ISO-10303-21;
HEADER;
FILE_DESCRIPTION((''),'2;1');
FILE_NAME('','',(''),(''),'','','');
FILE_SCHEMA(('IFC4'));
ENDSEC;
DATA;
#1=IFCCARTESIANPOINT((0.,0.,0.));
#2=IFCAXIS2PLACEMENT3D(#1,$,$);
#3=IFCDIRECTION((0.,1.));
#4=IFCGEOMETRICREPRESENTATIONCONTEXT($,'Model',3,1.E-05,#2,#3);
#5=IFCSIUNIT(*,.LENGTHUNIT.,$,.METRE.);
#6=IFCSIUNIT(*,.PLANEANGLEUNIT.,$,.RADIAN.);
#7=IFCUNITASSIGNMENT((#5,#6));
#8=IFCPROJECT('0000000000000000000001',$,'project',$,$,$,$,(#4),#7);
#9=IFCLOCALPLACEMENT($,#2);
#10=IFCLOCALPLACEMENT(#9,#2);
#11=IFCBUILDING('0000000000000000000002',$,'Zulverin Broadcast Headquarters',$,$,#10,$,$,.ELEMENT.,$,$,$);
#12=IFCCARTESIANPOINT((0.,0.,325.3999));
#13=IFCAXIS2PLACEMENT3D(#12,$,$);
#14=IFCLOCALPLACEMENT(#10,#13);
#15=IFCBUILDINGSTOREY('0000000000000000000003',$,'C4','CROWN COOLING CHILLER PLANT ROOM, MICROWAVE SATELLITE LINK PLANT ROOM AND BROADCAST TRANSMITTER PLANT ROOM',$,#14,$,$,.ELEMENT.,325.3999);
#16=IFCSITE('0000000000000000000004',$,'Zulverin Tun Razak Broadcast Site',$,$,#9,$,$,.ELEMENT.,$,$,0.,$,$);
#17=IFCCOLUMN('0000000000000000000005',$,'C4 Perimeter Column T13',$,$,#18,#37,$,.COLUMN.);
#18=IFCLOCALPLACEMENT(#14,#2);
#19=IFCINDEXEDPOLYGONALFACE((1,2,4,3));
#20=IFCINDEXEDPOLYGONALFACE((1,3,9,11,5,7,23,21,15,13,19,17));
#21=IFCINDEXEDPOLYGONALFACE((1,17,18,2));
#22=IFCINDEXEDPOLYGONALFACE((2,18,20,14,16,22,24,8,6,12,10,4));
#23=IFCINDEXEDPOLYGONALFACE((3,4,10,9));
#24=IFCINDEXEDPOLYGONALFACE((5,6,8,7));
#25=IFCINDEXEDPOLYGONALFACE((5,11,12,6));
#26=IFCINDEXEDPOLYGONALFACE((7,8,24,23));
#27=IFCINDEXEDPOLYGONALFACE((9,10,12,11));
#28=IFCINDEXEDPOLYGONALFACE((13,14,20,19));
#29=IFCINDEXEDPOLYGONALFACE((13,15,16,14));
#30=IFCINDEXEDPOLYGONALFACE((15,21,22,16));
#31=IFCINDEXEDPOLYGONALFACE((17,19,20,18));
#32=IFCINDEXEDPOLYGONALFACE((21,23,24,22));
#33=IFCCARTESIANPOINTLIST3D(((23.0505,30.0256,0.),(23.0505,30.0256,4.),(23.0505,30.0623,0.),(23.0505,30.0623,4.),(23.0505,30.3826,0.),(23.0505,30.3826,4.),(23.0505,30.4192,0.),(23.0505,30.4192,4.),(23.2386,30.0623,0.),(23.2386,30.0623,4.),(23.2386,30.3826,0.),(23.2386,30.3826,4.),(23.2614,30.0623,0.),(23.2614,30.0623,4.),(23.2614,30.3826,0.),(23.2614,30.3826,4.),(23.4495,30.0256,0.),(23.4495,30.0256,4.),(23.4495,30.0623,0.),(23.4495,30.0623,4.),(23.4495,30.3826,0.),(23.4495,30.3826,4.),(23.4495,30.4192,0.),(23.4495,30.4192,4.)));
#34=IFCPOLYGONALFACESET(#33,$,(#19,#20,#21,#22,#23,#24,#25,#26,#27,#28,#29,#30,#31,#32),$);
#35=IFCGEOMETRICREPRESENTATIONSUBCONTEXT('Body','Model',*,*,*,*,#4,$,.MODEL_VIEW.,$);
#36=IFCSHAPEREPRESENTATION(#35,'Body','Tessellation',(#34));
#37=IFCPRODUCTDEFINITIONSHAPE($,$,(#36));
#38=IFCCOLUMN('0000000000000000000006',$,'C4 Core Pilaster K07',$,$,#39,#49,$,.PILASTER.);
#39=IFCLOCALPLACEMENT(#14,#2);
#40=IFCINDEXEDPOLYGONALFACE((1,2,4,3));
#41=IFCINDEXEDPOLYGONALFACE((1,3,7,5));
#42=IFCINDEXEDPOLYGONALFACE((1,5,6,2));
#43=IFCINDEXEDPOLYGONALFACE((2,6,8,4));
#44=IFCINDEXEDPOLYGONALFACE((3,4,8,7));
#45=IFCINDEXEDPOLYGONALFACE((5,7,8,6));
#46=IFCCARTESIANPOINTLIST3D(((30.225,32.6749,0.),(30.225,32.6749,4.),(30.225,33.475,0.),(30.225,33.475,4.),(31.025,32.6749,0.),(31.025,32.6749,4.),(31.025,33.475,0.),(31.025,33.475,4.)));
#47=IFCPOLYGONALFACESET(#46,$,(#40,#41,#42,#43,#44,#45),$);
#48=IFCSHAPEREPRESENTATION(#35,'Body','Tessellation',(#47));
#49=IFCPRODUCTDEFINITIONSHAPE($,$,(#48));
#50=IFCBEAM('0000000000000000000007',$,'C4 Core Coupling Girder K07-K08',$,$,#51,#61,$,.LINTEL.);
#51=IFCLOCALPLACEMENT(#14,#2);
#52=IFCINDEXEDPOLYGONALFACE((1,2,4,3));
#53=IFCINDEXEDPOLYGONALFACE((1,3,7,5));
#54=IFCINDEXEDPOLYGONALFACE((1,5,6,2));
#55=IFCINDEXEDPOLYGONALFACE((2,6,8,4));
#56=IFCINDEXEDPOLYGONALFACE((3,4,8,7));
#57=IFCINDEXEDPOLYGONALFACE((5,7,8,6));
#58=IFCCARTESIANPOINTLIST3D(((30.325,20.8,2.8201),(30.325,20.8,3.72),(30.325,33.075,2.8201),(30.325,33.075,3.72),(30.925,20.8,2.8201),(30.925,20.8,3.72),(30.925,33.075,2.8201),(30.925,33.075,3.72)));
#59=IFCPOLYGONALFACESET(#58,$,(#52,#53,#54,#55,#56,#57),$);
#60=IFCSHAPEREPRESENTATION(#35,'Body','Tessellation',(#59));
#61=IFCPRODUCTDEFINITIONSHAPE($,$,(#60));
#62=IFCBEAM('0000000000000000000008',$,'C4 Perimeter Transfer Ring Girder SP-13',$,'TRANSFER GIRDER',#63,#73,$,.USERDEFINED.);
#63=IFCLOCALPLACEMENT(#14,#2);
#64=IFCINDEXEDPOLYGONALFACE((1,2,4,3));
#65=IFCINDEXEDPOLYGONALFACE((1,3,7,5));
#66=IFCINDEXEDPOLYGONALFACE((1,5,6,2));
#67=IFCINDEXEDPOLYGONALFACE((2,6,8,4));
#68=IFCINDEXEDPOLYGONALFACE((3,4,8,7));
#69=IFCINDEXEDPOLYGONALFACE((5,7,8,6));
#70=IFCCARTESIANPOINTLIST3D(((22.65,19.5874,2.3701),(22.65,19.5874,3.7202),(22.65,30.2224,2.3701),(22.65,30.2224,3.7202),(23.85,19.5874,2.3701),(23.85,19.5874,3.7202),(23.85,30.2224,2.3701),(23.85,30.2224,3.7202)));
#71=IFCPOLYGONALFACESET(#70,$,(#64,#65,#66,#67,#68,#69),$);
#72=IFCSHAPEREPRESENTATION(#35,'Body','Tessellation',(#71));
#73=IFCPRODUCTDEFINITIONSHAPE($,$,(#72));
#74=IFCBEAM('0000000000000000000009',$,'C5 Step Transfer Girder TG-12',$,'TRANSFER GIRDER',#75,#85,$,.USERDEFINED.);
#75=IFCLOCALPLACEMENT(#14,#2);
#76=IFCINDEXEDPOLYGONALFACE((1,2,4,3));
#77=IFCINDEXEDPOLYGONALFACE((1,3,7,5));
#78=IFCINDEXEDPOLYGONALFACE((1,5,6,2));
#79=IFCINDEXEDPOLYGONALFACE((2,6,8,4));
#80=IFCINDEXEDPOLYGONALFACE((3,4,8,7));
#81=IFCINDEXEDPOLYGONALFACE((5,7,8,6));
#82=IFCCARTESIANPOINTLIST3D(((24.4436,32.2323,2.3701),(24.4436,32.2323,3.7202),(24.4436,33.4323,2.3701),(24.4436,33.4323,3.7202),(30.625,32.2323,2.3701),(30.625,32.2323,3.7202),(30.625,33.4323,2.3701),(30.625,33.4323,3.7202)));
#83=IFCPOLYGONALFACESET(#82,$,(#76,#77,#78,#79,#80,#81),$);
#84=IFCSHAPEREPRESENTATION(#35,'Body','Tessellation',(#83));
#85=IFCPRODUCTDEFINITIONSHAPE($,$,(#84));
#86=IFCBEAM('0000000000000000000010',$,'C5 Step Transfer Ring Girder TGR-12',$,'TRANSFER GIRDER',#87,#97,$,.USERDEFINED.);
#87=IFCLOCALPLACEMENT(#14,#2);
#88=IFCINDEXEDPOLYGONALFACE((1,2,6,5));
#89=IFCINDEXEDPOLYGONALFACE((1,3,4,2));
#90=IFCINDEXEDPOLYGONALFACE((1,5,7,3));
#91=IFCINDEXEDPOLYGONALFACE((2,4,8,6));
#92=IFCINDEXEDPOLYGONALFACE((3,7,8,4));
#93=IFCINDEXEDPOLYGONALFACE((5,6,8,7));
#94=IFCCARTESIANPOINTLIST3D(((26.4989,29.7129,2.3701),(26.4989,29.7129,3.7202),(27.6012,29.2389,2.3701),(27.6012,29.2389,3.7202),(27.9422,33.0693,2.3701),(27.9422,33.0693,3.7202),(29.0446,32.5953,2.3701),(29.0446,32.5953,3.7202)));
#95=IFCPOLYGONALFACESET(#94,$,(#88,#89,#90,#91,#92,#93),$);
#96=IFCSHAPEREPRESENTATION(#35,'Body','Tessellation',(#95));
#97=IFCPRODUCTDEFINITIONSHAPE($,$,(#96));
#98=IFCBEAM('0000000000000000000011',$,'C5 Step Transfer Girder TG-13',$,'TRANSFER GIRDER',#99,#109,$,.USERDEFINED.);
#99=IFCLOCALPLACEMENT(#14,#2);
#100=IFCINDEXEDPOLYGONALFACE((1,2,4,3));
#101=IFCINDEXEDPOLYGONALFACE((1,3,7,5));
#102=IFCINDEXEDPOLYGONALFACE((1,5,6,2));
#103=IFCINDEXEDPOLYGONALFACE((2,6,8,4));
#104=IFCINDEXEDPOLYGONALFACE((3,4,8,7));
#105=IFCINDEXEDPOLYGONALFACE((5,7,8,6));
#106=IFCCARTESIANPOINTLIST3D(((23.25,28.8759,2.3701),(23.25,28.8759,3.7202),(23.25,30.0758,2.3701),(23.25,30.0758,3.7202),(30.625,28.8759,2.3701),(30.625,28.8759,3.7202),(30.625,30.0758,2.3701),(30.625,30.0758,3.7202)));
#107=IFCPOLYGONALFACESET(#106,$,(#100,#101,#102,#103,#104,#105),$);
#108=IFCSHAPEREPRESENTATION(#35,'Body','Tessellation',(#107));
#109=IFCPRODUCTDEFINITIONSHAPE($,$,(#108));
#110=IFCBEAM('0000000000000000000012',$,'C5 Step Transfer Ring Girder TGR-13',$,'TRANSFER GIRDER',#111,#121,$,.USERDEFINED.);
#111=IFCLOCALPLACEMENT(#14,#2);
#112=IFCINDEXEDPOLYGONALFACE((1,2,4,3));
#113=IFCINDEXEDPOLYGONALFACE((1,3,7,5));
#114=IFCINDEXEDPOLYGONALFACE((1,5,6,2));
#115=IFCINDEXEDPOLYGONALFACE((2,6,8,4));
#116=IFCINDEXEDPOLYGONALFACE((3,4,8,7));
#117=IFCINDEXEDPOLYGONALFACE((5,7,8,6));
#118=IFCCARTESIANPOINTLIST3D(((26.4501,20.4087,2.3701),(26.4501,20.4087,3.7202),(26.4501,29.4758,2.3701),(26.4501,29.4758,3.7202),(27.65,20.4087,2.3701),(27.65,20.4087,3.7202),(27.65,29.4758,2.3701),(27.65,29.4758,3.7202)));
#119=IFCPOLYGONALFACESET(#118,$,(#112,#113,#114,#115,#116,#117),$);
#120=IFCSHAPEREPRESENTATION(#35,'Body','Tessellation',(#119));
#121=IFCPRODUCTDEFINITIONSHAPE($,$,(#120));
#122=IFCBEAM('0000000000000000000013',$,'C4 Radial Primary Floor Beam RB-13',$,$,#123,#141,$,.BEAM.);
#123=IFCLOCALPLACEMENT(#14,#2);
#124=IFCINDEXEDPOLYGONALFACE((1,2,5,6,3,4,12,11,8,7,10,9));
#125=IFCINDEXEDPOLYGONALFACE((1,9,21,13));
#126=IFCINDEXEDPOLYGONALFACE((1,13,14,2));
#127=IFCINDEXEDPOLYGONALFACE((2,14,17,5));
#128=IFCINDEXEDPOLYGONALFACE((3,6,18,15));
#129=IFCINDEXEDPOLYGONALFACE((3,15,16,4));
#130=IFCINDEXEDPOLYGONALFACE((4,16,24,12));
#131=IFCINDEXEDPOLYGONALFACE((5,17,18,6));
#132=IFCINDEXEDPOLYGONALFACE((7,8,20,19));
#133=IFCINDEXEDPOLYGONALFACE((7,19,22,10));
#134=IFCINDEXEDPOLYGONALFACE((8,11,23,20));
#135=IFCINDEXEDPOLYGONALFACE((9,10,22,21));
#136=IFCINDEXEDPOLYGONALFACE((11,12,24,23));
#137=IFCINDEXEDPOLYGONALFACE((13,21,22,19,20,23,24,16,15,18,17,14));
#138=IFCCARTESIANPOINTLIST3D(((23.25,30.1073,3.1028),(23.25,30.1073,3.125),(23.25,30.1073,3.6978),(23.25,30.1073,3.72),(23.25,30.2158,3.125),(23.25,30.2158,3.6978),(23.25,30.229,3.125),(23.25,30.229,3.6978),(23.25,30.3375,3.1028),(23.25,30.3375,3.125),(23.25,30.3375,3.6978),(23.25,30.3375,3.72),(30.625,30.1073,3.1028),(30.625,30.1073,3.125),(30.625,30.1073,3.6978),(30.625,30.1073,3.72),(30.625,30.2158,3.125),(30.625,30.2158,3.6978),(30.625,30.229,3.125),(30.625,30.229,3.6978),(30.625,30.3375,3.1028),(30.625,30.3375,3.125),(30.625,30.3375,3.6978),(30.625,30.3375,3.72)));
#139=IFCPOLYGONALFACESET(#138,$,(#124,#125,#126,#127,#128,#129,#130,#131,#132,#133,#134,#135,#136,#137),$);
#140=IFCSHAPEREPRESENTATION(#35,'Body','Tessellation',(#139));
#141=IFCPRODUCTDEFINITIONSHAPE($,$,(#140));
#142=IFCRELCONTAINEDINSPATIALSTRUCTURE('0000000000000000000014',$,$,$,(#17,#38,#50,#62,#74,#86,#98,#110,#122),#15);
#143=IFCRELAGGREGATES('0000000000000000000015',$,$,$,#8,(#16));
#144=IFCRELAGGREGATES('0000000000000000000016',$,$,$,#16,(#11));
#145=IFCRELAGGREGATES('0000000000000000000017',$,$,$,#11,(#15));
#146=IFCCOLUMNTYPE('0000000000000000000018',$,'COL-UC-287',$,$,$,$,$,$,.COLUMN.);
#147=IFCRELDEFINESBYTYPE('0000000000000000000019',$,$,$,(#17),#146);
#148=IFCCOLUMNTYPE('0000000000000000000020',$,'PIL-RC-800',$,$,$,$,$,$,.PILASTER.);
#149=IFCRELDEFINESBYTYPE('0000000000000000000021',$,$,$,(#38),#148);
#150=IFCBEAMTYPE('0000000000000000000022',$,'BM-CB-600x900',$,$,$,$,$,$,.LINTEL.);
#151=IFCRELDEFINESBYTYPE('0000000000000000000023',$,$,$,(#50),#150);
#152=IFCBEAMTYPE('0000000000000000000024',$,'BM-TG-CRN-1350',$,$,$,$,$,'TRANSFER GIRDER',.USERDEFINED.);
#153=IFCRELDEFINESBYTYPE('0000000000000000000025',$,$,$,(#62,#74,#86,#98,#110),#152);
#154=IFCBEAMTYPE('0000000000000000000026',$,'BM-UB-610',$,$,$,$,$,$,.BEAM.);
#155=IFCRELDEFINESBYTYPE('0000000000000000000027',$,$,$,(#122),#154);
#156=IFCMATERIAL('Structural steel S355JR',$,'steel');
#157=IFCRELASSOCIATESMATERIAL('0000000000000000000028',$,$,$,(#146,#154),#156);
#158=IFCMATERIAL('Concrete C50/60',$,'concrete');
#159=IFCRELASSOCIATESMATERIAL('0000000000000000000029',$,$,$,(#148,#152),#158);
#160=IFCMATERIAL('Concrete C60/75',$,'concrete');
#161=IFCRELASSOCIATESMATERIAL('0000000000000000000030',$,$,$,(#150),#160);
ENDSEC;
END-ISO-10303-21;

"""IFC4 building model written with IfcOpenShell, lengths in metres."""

from ifc_helpers import new_model, si_unit, direction, frame, origin, origin_2d, place, context, subcontext, project, spatial, rectangle, i_section, extrude, material, material_profile, profile_set, type_object, element, save


model = new_model("IFC4")

# Units and contexts
model_context = context("Model", 3, precision=1e-05, world=origin(), true_north=direction((0.0, 1.0)))
body_context = subcontext(model_context, "Body", "Model", "MODEL_VIEW")
ifc_project = project(units=[si_unit("LENGTHUNIT", "METRE"), si_unit("PLANEANGLEUNIT", "RADIAN")], contexts=[model_context])

# Site, building, storey
site_placement = place(None, origin())
site = spatial("IfcSite", under=ifc_project, at=site_placement, Name="Zulverin Tun Razak Broadcast Site", CompositionType="ELEMENT", RefElevation=0.0)
building_placement = place(site_placement, origin())
building = spatial("IfcBuilding", under=site, at=building_placement, Name="Zulverin Broadcast Headquarters", CompositionType="ELEMENT")
storey_placement = place(building_placement, frame((0.0, 0.0, 325.3999)))
storey = spatial("IfcBuildingStorey", under=building, at=storey_placement, Name="C4", Description="CROWN COOLING CHILLER PLANT ROOM, MICROWAVE SATELLITE LINK PLANT ROOM AND BROADCAST TRANSMITTER PLANT ROOM", CompositionType="ELEMENT", Elevation=325.3999)

# Columns
ifc_material_1 = material(Name="Structural steel S355JR", Category="steel")
ifc_material_profile_1 = material_profile(ifc_material_1, i_section(OverallWidth=0.3989, OverallDepth=0.3936, WebThickness=0.0227, FlangeThickness=0.0366, at=origin_2d()), Name="Structural steel S355JR", Category="steel")
ifc_profile_set_1 = profile_set([ifc_material_profile_1], Name="Structural steel S355JR")
column_type_1 = type_object("IfcColumnType", Name="COL-UC-287", PredefinedType="COLUMN", material=ifc_profile_set_1)
column_1_placement = place(storey_placement, frame((23.25, 30.2224, 0.0), z_axis=(0.0, 0.0, 1.0), x_axis=(1.0, 0.0, 0.0)))
element("IfcColumn", 1, at=column_1_placement, inside=storey, type_object=column_type_1, Name="C4 Perimeter Column T13", PredefinedType="COLUMN", context=body_context, shape_type="SweptSolid", body=[
    extrude(i_section(OverallWidth=0.3989, OverallDepth=0.3936, WebThickness=0.0227, FlangeThickness=0.0366, at=origin_2d()), origin(), (0.0, 0.0, 1.0), 4.0),
])
ifc_material_2 = material(Name="Concrete C50/60", Category="concrete")
ifc_material_profile_2 = material_profile(ifc_material_2, rectangle(XDim=0.8, YDim=0.8, at=origin_2d()), Name="Concrete C50/60", Category="concrete")
ifc_profile_set_2 = profile_set([ifc_material_profile_2], Name="Concrete C50/60")
column_type_2 = type_object("IfcColumnType", Name="PIL-RC-800", PredefinedType="PILASTER", material=ifc_profile_set_2)
column_2_placement = place(storey_placement, frame((30.625, 33.075, 0.0), z_axis=(0.0, 0.0, 1.0), x_axis=(1.0, 0.0, 0.0)))
element("IfcColumn", 2, at=column_2_placement, inside=storey, type_object=column_type_2, Name="C4 Core Pilaster K07", PredefinedType="PILASTER", context=body_context, shape_type="SweptSolid", body=[
    extrude(rectangle(XDim=0.8, YDim=0.8, at=origin_2d()), origin(), (0.0, 0.0, 1.0), 4.0),
])

# Beams
ifc_material_3 = material(Name="Concrete C60/75", Category="concrete")
ifc_material_profile_3 = material_profile(ifc_material_3, rectangle(XDim=0.6001, YDim=0.8999, at=origin_2d()), Name="Concrete C60/75", Category="concrete")
ifc_profile_set_3 = profile_set([ifc_material_profile_3], Name="Concrete C60/75")
beam_type_1 = type_object("IfcBeamType", Name="BM-CB-600x900", PredefinedType="LINTEL", material=ifc_profile_set_3)
beam_1_placement = place(storey_placement, frame((30.625, 33.075, 3.27), z_axis=(0.0, -1.0, 0.0), x_axis=(1.0, 0.0, 0.0)))
element("IfcBeam", 3, at=beam_1_placement, inside=storey, type_object=beam_type_1, Name="C4 Core Coupling Girder K07-K08", PredefinedType="LINTEL", context=body_context, shape_type="SweptSolid", body=[
    extrude(rectangle(XDim=0.6001, YDim=0.8999, at=origin_2d()), origin(), (0.0, 0.0, 1.0), 12.2749),
])
ifc_material_profile_4 = material_profile(ifc_material_2, rectangle(XDim=1.2, YDim=1.3501, at=origin_2d()), Name="Concrete C50/60", Category="concrete")
ifc_profile_set_4 = profile_set([ifc_material_profile_4], Name="Concrete C50/60")
beam_type_2 = type_object("IfcBeamType", Name="BM-TG-CRN-1350", ElementType="TRANSFER GIRDER", PredefinedType="USERDEFINED", material=ifc_profile_set_4)
beam_2_placement = place(storey_placement, frame((23.25, 30.2224, 3.0452), z_axis=(0.0, -1.0, 0.0), x_axis=(1.0, 0.0, 0.0)))
element("IfcBeam", 4, at=beam_2_placement, inside=storey, type_object=beam_type_2, Name="C4 Perimeter Transfer Ring Girder SP-13", ObjectType="TRANSFER GIRDER", PredefinedType="USERDEFINED", context=body_context, shape_type="SweptSolid", body=[
    extrude(rectangle(XDim=1.2, YDim=1.3501, at=origin_2d()), origin(), (0.0, 0.0, 1.0), 10.635),
])
beam_3_placement = place(storey_placement, frame((30.625, 32.8323, 3.0452), z_axis=(-1.0, 0.0, 0.0), x_axis=(0.0, -1.0, 0.0)))
element("IfcBeam", 5, at=beam_3_placement, inside=storey, type_object=beam_type_2, Name="C5 Step Transfer Girder TG-12", ObjectType="TRANSFER GIRDER", PredefinedType="USERDEFINED", context=body_context, shape_type="SweptSolid", body=[
    extrude(rectangle(XDim=1.2, YDim=1.3501, at=origin_2d()), origin(), (0.0, 0.0, 1.0), 6.1814),
])
beam_4_placement = place(storey_placement, frame((28.4934, 32.8323, 3.0452), z_axis=(-0.395048, -0.91866, 0.0), x_axis=(0.91866, -0.395048, 0.0)))
element("IfcBeam", 6, at=beam_4_placement, inside=storey, type_object=beam_type_2, Name="C5 Step Transfer Ring Girder TGR-12", ObjectType="TRANSFER GIRDER", PredefinedType="USERDEFINED", context=body_context, shape_type="SweptSolid", body=[
    extrude(rectangle(XDim=1.2, YDim=1.3501, at=origin_2d()), origin(), (0.0, 0.0, 1.0), 3.6536),
])
beam_5_placement = place(storey_placement, frame((30.625, 29.4758, 3.0452), z_axis=(-1.0, 0.0, 0.0), x_axis=(0.0, -1.0, 0.0)))
element("IfcBeam", 7, at=beam_5_placement, inside=storey, type_object=beam_type_2, Name="C5 Step Transfer Girder TG-13", ObjectType="TRANSFER GIRDER", PredefinedType="USERDEFINED", context=body_context, shape_type="SweptSolid", body=[
    extrude(rectangle(XDim=1.2, YDim=1.3501, at=origin_2d()), origin(), (0.0, 0.0, 1.0), 7.375),
])
beam_6_placement = place(storey_placement, frame((27.05, 29.4758, 3.0452), z_axis=(0.0, -1.0, 0.0), x_axis=(1.0, 0.0, 0.0)))
element("IfcBeam", 8, at=beam_6_placement, inside=storey, type_object=beam_type_2, Name="C5 Step Transfer Ring Girder TGR-13", ObjectType="TRANSFER GIRDER", PredefinedType="USERDEFINED", context=body_context, shape_type="SweptSolid", body=[
    extrude(rectangle(XDim=1.2, YDim=1.3501, at=origin_2d()), origin(), (0.0, 0.0, 1.0), 9.0671),
])
ifc_material_profile_5 = material_profile(ifc_material_1, i_section(OverallWidth=0.2302, OverallDepth=0.6172, WebThickness=0.0132, FlangeThickness=0.0222, at=origin_2d()), Name="Structural steel S355JR", Category="steel")
ifc_profile_set_5 = profile_set([ifc_material_profile_5], Name="Structural steel S355JR")
beam_type_3 = type_object("IfcBeamType", Name="BM-UB-610", PredefinedType="BEAM", material=ifc_profile_set_5)
beam_7_placement = place(storey_placement, frame((30.625, 30.2224, 3.4114), z_axis=(-1.0, 0.0, 0.0), x_axis=(0.0, -1.0, 0.0)))
element("IfcBeam", 9, at=beam_7_placement, inside=storey, type_object=beam_type_3, Name="C4 Radial Primary Floor Beam RB-13", PredefinedType="BEAM", context=body_context, shape_type="SweptSolid", body=[
    extrude(i_section(OverallWidth=0.2302, OverallDepth=0.6172, WebThickness=0.0132, FlangeThickness=0.0222, at=origin_2d()), origin(), (0.0, 0.0, 1.0), 7.375),
])

save(model, "model.ifc")
